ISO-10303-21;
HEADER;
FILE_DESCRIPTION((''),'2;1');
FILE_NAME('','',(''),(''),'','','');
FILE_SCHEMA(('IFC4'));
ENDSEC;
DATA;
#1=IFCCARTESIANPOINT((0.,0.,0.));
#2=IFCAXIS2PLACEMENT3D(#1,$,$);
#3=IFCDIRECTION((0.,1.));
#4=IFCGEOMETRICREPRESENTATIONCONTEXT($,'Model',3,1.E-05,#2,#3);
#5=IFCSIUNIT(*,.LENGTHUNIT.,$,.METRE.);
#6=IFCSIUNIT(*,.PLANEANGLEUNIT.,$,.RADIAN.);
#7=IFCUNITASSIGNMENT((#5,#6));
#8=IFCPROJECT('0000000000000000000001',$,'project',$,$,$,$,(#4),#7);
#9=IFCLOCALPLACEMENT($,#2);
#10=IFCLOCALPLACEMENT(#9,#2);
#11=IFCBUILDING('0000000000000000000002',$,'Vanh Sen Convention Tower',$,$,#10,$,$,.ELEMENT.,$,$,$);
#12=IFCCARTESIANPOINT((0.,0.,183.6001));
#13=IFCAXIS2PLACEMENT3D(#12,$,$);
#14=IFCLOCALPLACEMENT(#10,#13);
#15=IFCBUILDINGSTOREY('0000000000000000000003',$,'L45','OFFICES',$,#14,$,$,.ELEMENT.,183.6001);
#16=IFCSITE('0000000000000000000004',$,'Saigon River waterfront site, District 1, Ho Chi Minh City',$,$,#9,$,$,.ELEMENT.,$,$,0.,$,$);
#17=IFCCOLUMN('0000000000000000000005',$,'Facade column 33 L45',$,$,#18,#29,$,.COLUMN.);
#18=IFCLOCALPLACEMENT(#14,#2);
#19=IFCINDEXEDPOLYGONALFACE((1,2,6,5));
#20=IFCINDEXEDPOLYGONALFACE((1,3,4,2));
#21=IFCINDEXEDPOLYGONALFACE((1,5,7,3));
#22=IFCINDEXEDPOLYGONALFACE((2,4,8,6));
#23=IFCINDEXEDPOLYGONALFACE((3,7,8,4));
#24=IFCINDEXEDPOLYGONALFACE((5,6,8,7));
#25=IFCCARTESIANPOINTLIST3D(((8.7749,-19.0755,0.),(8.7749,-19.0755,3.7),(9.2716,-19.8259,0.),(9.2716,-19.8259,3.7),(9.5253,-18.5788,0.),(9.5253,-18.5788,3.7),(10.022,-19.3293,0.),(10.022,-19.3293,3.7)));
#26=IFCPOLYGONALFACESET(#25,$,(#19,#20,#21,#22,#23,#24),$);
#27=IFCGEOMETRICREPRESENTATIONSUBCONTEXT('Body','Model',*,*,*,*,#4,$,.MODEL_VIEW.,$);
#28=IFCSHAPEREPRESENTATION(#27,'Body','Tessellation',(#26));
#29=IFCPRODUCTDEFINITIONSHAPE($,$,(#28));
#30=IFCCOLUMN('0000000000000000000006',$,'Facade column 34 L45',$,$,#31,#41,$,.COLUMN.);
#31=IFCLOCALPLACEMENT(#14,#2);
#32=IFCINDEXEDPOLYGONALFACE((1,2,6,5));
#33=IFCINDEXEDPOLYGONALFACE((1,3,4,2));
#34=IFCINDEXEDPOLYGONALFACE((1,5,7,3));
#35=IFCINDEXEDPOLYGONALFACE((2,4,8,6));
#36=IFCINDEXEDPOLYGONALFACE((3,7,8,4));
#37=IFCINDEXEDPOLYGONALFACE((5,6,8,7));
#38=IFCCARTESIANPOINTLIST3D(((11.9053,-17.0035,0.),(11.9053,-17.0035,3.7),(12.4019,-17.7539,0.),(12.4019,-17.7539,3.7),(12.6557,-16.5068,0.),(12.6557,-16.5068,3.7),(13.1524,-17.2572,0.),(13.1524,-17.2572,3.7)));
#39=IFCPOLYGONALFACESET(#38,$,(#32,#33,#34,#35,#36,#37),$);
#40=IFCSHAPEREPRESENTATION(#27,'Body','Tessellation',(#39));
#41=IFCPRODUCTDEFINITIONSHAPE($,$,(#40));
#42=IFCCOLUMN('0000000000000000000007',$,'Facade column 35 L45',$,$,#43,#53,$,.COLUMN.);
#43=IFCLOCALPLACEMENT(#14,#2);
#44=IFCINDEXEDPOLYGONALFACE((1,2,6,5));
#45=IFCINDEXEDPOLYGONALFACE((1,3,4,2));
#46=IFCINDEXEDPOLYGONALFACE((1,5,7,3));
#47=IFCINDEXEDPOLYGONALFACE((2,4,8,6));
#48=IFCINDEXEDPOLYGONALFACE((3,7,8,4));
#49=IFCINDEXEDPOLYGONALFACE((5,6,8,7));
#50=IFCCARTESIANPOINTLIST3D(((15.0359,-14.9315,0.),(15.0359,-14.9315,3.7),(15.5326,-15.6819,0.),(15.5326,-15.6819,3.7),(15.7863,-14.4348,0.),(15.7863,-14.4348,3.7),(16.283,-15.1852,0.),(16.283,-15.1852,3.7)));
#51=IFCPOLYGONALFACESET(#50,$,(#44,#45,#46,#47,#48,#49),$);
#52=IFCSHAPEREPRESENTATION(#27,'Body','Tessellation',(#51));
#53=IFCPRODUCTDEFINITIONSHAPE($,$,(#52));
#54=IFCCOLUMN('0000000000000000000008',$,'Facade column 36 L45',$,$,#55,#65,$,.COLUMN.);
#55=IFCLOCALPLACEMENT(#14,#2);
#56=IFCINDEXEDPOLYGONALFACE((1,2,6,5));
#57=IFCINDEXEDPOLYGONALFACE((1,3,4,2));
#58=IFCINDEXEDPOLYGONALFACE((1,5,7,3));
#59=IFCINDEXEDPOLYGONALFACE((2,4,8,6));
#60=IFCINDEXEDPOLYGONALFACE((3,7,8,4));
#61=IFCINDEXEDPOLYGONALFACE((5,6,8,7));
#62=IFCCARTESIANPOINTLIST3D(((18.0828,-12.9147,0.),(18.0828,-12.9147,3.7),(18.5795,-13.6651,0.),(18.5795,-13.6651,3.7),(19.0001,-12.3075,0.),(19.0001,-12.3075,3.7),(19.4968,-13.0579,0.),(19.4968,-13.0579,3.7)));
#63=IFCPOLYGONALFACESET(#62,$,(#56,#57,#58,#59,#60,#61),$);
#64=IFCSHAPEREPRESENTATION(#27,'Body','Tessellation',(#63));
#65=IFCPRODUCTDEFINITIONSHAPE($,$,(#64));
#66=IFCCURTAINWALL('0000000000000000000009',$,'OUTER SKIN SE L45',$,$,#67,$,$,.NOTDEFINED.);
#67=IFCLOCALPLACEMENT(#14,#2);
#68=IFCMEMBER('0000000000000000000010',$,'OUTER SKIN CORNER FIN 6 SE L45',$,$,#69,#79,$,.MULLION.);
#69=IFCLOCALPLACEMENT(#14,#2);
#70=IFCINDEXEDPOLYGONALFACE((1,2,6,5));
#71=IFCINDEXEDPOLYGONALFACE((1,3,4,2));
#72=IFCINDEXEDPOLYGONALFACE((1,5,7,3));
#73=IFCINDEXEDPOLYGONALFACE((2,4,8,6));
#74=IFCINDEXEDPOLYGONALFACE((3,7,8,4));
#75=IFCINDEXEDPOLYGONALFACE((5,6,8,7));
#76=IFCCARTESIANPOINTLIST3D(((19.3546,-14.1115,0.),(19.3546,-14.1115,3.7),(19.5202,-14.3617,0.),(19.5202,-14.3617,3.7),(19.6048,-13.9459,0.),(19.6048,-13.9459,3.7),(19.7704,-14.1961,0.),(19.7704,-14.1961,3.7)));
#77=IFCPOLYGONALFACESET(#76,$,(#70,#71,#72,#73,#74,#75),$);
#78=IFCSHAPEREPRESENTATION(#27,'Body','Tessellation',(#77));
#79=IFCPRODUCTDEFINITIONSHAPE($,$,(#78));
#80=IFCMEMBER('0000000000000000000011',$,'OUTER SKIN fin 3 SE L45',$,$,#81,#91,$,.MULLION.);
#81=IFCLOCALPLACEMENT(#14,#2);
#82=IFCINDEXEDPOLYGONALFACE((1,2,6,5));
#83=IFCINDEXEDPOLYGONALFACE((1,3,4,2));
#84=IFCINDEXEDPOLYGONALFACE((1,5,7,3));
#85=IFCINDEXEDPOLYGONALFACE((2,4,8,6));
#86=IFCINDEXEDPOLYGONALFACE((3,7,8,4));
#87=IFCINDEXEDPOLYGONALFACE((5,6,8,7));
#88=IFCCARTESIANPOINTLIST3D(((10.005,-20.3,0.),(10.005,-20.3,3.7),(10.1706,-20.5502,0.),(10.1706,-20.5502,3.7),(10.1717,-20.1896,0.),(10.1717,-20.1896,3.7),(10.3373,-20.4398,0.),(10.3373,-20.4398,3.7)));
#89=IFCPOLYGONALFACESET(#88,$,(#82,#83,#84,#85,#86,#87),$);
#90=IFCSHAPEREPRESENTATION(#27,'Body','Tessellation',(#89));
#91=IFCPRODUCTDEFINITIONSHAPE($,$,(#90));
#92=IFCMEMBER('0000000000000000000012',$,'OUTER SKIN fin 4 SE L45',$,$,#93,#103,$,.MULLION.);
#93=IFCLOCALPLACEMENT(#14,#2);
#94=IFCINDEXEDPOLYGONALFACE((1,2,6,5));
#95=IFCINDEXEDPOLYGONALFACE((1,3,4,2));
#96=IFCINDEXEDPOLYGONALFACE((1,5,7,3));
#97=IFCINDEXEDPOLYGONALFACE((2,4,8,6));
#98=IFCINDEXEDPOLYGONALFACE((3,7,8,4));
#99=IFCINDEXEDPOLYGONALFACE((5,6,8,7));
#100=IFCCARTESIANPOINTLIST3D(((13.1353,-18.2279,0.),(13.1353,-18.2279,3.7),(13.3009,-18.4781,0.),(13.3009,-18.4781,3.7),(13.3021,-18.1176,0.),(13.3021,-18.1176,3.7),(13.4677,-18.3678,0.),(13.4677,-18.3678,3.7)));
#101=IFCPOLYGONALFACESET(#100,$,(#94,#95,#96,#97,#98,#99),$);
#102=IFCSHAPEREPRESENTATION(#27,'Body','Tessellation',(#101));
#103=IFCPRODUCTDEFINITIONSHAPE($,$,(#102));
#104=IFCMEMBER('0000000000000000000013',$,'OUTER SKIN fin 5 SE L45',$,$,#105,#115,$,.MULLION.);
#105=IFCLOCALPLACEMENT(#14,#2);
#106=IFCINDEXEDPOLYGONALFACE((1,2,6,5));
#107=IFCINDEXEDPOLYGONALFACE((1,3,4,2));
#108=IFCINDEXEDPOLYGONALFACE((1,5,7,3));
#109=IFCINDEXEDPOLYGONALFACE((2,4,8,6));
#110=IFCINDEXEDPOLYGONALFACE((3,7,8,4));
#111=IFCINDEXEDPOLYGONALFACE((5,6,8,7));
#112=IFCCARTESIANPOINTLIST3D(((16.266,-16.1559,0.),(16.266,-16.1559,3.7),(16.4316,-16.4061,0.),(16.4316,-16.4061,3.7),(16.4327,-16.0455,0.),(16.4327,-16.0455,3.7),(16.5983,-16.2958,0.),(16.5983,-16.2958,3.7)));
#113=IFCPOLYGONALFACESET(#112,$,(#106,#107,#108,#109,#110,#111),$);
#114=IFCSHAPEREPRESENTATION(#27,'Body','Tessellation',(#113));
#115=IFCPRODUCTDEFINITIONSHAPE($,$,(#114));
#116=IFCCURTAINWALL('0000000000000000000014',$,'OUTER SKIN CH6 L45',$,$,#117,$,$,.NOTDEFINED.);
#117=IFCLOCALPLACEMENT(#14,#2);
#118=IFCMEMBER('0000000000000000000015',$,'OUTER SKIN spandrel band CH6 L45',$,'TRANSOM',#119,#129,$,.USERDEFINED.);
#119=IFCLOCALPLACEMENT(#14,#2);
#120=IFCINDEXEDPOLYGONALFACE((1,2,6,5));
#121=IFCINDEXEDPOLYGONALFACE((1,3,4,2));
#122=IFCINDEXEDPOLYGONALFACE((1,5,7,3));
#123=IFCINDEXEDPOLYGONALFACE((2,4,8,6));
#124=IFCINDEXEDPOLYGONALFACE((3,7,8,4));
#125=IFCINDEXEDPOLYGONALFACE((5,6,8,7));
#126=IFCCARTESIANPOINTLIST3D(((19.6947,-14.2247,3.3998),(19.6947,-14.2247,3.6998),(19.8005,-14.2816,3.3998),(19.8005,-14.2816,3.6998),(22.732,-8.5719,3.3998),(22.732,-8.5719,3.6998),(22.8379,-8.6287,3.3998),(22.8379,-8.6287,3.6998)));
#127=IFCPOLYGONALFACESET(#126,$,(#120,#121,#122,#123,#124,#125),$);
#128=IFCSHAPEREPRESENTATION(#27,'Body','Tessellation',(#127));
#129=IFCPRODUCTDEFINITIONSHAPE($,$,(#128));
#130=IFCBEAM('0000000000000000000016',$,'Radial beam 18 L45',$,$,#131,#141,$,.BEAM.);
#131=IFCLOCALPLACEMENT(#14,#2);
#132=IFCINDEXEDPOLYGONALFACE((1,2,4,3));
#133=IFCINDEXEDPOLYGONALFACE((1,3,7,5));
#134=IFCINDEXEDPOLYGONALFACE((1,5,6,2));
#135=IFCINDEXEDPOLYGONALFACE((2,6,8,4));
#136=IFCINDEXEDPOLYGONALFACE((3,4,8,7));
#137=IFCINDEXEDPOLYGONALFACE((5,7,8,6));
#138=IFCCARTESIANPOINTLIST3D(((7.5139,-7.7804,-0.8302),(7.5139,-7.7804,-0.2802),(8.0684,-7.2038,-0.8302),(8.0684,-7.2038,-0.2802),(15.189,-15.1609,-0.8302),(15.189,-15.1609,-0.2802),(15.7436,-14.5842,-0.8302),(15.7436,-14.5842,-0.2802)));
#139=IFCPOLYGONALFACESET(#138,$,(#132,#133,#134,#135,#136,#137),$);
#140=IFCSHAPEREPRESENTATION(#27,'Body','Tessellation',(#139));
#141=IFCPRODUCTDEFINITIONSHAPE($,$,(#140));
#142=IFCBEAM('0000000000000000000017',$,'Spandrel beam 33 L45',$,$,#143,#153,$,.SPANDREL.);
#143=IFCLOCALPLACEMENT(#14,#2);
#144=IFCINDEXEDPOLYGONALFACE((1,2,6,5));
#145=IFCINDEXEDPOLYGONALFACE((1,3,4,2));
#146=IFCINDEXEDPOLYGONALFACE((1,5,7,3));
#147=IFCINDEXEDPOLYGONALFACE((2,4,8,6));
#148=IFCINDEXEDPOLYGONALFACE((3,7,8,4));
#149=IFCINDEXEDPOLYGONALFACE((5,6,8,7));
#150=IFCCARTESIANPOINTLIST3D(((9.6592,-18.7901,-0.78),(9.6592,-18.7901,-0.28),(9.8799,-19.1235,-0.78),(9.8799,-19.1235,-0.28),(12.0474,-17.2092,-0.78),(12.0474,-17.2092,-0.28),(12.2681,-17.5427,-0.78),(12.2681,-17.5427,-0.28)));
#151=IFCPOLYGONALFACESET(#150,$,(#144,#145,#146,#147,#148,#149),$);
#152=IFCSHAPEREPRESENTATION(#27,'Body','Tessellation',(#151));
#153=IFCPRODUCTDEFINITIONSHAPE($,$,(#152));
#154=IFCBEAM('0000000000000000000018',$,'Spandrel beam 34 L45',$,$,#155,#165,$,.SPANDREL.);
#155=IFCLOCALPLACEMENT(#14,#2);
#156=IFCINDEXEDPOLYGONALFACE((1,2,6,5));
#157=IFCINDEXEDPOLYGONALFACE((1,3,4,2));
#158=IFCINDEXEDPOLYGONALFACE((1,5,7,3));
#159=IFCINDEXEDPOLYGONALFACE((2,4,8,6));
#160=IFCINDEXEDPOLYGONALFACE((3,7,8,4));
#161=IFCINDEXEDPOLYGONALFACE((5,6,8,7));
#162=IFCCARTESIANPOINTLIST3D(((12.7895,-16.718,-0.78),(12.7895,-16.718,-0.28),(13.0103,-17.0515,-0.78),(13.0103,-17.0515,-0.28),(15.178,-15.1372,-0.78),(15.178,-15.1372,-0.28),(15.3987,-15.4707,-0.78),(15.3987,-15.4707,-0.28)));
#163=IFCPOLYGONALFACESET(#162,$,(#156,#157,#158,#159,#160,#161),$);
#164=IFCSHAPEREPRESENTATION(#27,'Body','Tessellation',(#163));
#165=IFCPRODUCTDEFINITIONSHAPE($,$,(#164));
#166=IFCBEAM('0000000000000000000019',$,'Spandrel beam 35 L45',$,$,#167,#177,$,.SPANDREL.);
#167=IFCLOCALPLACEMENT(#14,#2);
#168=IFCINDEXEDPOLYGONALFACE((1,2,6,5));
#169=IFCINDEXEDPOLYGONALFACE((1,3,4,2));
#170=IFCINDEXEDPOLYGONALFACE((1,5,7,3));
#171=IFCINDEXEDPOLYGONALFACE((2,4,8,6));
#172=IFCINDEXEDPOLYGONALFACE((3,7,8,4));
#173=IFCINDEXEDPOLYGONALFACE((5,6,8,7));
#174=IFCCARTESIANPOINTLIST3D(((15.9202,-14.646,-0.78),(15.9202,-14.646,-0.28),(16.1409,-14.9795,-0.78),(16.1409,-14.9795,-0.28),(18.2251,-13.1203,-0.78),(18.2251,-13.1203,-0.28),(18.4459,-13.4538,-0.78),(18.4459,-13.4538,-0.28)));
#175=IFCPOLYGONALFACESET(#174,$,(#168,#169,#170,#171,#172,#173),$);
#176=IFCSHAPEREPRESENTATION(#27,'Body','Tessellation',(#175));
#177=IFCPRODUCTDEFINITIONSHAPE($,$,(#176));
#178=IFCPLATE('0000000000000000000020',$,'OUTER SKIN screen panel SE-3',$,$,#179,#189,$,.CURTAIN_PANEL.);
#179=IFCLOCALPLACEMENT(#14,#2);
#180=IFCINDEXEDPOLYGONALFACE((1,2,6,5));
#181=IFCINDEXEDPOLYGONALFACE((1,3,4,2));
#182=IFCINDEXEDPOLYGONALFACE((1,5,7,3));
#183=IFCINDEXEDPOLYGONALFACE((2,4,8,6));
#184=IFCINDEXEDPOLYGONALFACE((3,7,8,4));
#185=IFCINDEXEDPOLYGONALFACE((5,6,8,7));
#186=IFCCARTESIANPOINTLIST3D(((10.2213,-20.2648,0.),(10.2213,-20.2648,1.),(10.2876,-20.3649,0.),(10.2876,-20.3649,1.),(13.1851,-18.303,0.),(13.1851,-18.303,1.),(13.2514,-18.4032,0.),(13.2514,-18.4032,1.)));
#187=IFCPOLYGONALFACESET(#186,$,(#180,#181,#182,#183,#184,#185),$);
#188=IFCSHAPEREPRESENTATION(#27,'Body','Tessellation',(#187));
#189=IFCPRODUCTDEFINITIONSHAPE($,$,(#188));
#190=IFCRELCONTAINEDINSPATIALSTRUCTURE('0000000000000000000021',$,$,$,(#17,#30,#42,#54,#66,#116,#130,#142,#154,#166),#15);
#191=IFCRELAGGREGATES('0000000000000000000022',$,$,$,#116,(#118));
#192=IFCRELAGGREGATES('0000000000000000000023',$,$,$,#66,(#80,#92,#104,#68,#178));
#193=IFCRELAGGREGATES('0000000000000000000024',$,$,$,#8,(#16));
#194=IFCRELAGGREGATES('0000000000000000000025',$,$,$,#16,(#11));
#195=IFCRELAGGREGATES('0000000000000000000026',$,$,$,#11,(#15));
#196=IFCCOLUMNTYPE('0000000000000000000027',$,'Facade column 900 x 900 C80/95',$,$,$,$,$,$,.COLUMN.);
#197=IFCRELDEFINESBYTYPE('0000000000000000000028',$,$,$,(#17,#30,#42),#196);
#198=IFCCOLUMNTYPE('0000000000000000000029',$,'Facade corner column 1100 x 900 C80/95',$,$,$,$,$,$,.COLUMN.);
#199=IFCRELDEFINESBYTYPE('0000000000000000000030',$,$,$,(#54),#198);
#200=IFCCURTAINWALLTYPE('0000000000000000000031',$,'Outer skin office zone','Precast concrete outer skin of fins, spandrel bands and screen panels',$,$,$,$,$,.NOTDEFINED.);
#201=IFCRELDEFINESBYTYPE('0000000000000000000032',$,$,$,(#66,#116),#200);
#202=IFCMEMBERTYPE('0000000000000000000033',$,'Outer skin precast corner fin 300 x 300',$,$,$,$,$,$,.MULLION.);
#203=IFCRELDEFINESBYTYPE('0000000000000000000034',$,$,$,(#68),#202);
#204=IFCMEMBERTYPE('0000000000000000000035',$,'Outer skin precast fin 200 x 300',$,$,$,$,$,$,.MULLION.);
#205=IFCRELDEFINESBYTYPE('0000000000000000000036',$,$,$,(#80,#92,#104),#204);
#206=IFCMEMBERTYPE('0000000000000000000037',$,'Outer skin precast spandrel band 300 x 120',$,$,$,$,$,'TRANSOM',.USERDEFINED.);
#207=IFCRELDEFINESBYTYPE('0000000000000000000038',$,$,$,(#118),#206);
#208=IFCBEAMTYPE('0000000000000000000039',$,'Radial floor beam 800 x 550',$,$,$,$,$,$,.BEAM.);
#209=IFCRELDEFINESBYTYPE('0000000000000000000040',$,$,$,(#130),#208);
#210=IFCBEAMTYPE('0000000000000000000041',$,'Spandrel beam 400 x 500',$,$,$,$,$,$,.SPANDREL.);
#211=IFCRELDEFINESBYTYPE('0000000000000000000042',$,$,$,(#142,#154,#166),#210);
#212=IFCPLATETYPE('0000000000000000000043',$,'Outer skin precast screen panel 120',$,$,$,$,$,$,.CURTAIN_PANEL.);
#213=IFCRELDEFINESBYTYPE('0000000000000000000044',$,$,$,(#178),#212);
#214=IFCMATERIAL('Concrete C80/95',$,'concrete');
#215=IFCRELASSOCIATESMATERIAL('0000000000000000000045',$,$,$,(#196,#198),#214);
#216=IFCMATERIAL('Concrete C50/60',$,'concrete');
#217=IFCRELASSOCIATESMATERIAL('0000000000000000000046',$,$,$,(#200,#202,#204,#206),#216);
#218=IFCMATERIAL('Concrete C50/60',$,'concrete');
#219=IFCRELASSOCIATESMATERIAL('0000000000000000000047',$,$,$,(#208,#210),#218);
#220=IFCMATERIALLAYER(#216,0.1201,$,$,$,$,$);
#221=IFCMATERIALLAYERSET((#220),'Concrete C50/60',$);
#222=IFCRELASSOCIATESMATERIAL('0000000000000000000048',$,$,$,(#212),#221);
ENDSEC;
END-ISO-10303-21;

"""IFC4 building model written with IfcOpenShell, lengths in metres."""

from ifc_helpers import new_model, si_unit, direction, frame, origin, origin_2d, place, context, subcontext, project, spatial, rectangle, extrude, material, layer, layer_set, material_profile, profile_set, type_object, element, aggregate, save


model = new_model("IFC4")

# Units and contexts
model_context = context("Model", 3, precision=1e-05, world=origin(), true_north=direction((0.0, 1.0)))
body_context = subcontext(model_context, "Body", "Model", "MODEL_VIEW")
ifc_project = project(units=[si_unit("LENGTHUNIT", "METRE"), si_unit("PLANEANGLEUNIT", "RADIAN")], contexts=[model_context])

# Site, building, storey
site_placement = place(None, origin())
site = spatial("IfcSite", under=ifc_project, at=site_placement, Name="Saigon River waterfront site, District 1, Ho Chi Minh City", CompositionType="ELEMENT", RefElevation=0.0)
building_placement = place(site_placement, origin())
building = spatial("IfcBuilding", under=site, at=building_placement, Name="Vanh Sen Convention Tower", CompositionType="ELEMENT")
storey_placement = place(building_placement, frame((0.0, 0.0, 183.6001)))
storey = spatial("IfcBuildingStorey", under=building, at=storey_placement, Name="L45", Description="OFFICES", CompositionType="ELEMENT", Elevation=183.6001)

# Columns
ifc_material_1 = material(Name="Concrete C80/95", Category="concrete")
ifc_material_profile_1 = material_profile(ifc_material_1, rectangle(XDim=0.8999, YDim=0.8999, at=origin_2d()), Name="RC 900X900")
ifc_profile_set_1 = profile_set([ifc_material_profile_1], Name="Concrete C80/95")
column_type_1 = type_object("IfcColumnType", Name="Facade column 900 x 900 C80/95", PredefinedType="COLUMN", material=ifc_profile_set_1)
for number, where, z_axis, x_axis, name in (
    (1, (9.3984, -19.2024, 0.0), (0.0, 0.0, 1.0), (0.833886, 0.551937, 0.0), "Facade column 33 L45"),
    (2, (12.5288, -17.1304, 0.0), (0.0, 0.0, 1.0), (0.833886, 0.551937, 0.0), "Facade column 34 L45"),
    (3, (15.6594, -15.0583, 0.0), (0.0, 0.0, 1.0), (0.833886, 0.551937, 0.0), "Facade column 35 L45"),
):
    element("IfcColumn", number, at=place(storey_placement, frame(where, z_axis=z_axis, x_axis=x_axis)), inside=storey, type_object=column_type_1, Name=name, PredefinedType="COLUMN", context=body_context, shape_type="SweptSolid", body=[
        extrude(rectangle(XDim=0.8999, YDim=0.8999, at=origin_2d()), origin(), (0.0, 0.0, 1.0), 3.7),
    ])
ifc_material_profile_2 = material_profile(ifc_material_1, rectangle(XDim=1.1001, YDim=0.8999, at=origin_2d()), Name="RC 1100X900")
ifc_profile_set_2 = profile_set([ifc_material_profile_2], Name="Concrete C80/95")
column_type_2 = type_object("IfcColumnType", Name="Facade corner column 1100 x 900 C80/95", PredefinedType="COLUMN", material=ifc_profile_set_2)
column_placement = place(storey_placement, frame((18.7898, -12.9863, 0.0), z_axis=(0.0, 0.0, 1.0), x_axis=(0.833886, 0.551937, 0.0)))
element("IfcColumn", 4, at=column_placement, inside=storey, type_object=column_type_2, Name="Facade column 36 L45", PredefinedType="COLUMN", context=body_context, shape_type="SweptSolid", body=[
    extrude(rectangle(XDim=1.1001, YDim=0.8999, at=origin_2d()), origin(), (0.0, 0.0, 1.0), 3.7),
])

# Curtain wall, members
ifc_material_2 = material(Name="Concrete C50/60", Category="concrete")
curtain_wall_type = type_object("IfcCurtainWallType", Name="Outer skin office zone", Description="Precast concrete outer skin of fins, spandrel bands and screen panels", PredefinedType="NOTDEFINED", material=ifc_material_2)
curtain_wall_1_placement = place(storey_placement, origin())
curtain_wall_1 = element("IfcCurtainWall", 5, at=curtain_wall_1_placement, inside=storey, type_object=curtain_wall_type, Name="OUTER SKIN SE L45", PredefinedType="NOTDEFINED")
ifc_material_profile_3 = material_profile(ifc_material_2, rectangle(XDim=0.3, YDim=0.3, at=origin_2d()), Name="Outer skin precast corner fin 300 x 300")
ifc_profile_set_3 = profile_set([ifc_material_profile_3], Name="Concrete C50/60")
member_type_1 = type_object("IfcMemberType", Name="Outer skin precast corner fin 300 x 300", PredefinedType="MULLION", material=ifc_profile_set_3)
member_1_placement = place(storey_placement, frame((19.5625, -14.1538, 0.0), z_axis=(0.0, 0.0, 1.0), x_axis=(0.833886, 0.551937, 0.0)))
member_1 = element("IfcMember", 6, at=member_1_placement, type_object=member_type_1, Name="OUTER SKIN CORNER FIN 6 SE L45", PredefinedType="MULLION", context=body_context, shape_type="SweptSolid", body=[
    extrude(rectangle(XDim=0.3, YDim=0.3, at=origin_2d()), origin(), (0.0, 0.0, 1.0), 3.7),
])
ifc_material_profile_4 = material_profile(ifc_material_2, rectangle(XDim=0.2, YDim=0.3, at=origin_2d()), Name="Outer skin precast fin 200 x 300")
ifc_profile_set_4 = profile_set([ifc_material_profile_4], Name="Concrete C50/60")
member_type_2 = type_object("IfcMemberType", Name="Outer skin precast fin 200 x 300", PredefinedType="MULLION", material=ifc_profile_set_4)
member_2_placement = place(storey_placement, frame((10.1711, -20.3699, 0.0), z_axis=(0.0, 0.0, 1.0), x_axis=(0.833886, 0.551937, 0.0)))
member_2 = element("IfcMember", 7, at=member_2_placement, type_object=member_type_2, Name="OUTER SKIN fin 3 SE L45", PredefinedType="MULLION", context=body_context, shape_type="SweptSolid", body=[
    extrude(rectangle(XDim=0.2, YDim=0.3, at=origin_2d()), origin(), (0.0, 0.0, 1.0), 3.7),
])
member_3_placement = place(storey_placement, frame((13.3015, -18.2979, 0.0), z_axis=(0.0, 0.0, 1.0), x_axis=(0.833886, 0.551937, 0.0)))
member_3 = element("IfcMember", 8, at=member_3_placement, type_object=member_type_2, Name="OUTER SKIN fin 4 SE L45", PredefinedType="MULLION", context=body_context, shape_type="SweptSolid", body=[
    extrude(rectangle(XDim=0.2, YDim=0.3, at=origin_2d()), origin(), (0.0, 0.0, 1.0), 3.7),
])
member_4_placement = place(storey_placement, frame((16.4321, -16.2258, 0.0), z_axis=(0.0, 0.0, 1.0), x_axis=(0.833886, 0.551937, 0.0)))
member_4 = element("IfcMember", 9, at=member_4_placement, type_object=member_type_2, Name="OUTER SKIN fin 5 SE L45", PredefinedType="MULLION", context=body_context, shape_type="SweptSolid", body=[
    extrude(rectangle(XDim=0.2, YDim=0.3, at=origin_2d()), origin(), (0.0, 0.0, 1.0), 3.7),
])

# Curtain wall, member
curtain_wall_2_placement = place(storey_placement, origin())
curtain_wall_2 = element("IfcCurtainWall", 10, at=curtain_wall_2_placement, inside=storey, type_object=curtain_wall_type, Name="OUTER SKIN CH6 L45", PredefinedType="NOTDEFINED")
ifc_material_profile_5 = material_profile(ifc_material_2, rectangle(XDim=0.1201, YDim=0.3, at=origin_2d()), Name="Outer skin precast spandrel band 300 x 120")
ifc_profile_set_5 = profile_set([ifc_material_profile_5], Name="Concrete C50/60")
member_type_3 = type_object("IfcMemberType", Name="Outer skin precast spandrel band 300 x 120", ElementType="TRANSOM", PredefinedType="USERDEFINED", material=ifc_profile_set_5)
member_5_placement = place(storey_placement, frame((19.7476, -14.2532, 3.5498), z_axis=(0.473317, 0.880892, 0.0), x_axis=(-0.880892, 0.473317, 0.0)))
member_5 = element("IfcMember", 11, at=member_5_placement, type_object=member_type_3, Name="OUTER SKIN spandrel band CH6 L45", ObjectType="TRANSOM", PredefinedType="USERDEFINED", context=body_context, shape_type="SweptSolid", body=[
    extrude(rectangle(XDim=0.1201, YDim=0.3, at=origin_2d()), origin(), (0.0, 0.0, 1.0), 6.4172),
])
aggregate(curtain_wall_2, [member_5])

# Beams
ifc_material_3 = material(Name="Concrete C50/60", Category="concrete")
ifc_material_profile_6 = material_profile(ifc_material_3, rectangle(XDim=0.8, YDim=0.55, at=origin_2d()), Name="RC 800X550")
ifc_profile_set_6 = profile_set([ifc_material_profile_6], Name="Concrete C50/60")
beam_type_1 = type_object("IfcBeamType", Name="Radial floor beam 800 x 550", PredefinedType="BEAM", material=ifc_profile_set_6)
beam_1_placement = place(storey_placement, frame((15.4663, -14.8726, -0.5552), z_axis=(-0.720809, 0.693134, 0.0), x_axis=(-0.693134, -0.720809, 0.0)))
element("IfcBeam", 12, at=beam_1_placement, inside=storey, type_object=beam_type_1, Name="Radial beam 18 L45", PredefinedType="BEAM", context=body_context, shape_type="SweptSolid", body=[
    extrude(rectangle(XDim=0.8, YDim=0.55, at=origin_2d()), origin(), (0.0, 0.0, 1.0), 10.6479),
])
ifc_material_profile_7 = material_profile(ifc_material_3, rectangle(XDim=0.3999, YDim=0.5, at=origin_2d()), Name="RC 400X500")
ifc_profile_set_7 = profile_set([ifc_material_profile_7], Name="Concrete C50/60")
beam_type_2 = type_object("IfcBeamType", Name="Spandrel beam 400 x 500", PredefinedType="SPANDREL", material=ifc_profile_set_7)
beam_2_placement = place(storey_placement, frame((9.7695, -18.9568, -0.53), z_axis=(0.833869, 0.551963, 0.0), x_axis=(-0.551963, 0.833869, 0.0)))
element("IfcBeam", 13, at=beam_2_placement, inside=storey, type_object=beam_type_2, Name="Spandrel beam 33 L45", PredefinedType="SPANDREL", context=body_context, shape_type="SweptSolid", body=[
    extrude(rectangle(XDim=0.3999, YDim=0.5, at=origin_2d()), origin(), (0.0, 0.0, 1.0), 2.864),
])
beam_3_placement = place(storey_placement, frame((12.8999, -16.8848, -0.53), z_axis=(0.833895, 0.551924, 0.0), x_axis=(-0.551924, 0.833895, 0.0)))
element("IfcBeam", 14, at=beam_3_placement, inside=storey, type_object=beam_type_2, Name="Spandrel beam 34 L45", PredefinedType="SPANDREL", context=body_context, shape_type="SweptSolid", body=[
    extrude(rectangle(XDim=0.3999, YDim=0.5, at=origin_2d()), origin(), (0.0, 0.0, 1.0), 2.8643),
])
beam_4_placement = place(storey_placement, frame((16.0305, -14.8127, -0.53), z_axis=(0.83388, 0.551945, 0.0), x_axis=(-0.551945, 0.83388, 0.0)))
element("IfcBeam", 15, at=beam_4_placement, inside=storey, type_object=beam_type_2, Name="Spandrel beam 35 L45", PredefinedType="SPANDREL", context=body_context, shape_type="SweptSolid", body=[
    extrude(rectangle(XDim=0.3999, YDim=0.5, at=origin_2d()), origin(), (0.0, 0.0, 1.0), 2.7642),
])

# Plate
ifc_layer_1 = layer(ifc_material_2, 0.1201)
ifc_layer_set_1 = layer_set([ifc_layer_1], Name="Concrete C50/60")
plate_type = type_object("IfcPlateType", Name="Outer skin precast screen panel 120", PredefinedType="CURTAIN_PANEL", material=ifc_layer_set_1)
plate_1_placement = place(storey_placement, frame((11.7363, -19.334, 0.0), z_axis=(0.0, 0.0, 1.0), x_axis=(0.833877, 0.55195, 0.0)))
plate_1 = element("IfcPlate", 16, at=plate_1_placement, type_object=plate_type, Name="OUTER SKIN screen panel SE-3", PredefinedType="CURTAIN_PANEL", context=body_context, shape_type="SweptSolid", body=[
    extrude(rectangle(XDim=3.5542, YDim=0.1201, at=origin_2d()), origin(), (0.0, 0.0, 1.0), 1.0),
])
aggregate(curtain_wall_1, [member_2, member_3, member_4, member_1, plate_1])

save(model, "model.ifc")
